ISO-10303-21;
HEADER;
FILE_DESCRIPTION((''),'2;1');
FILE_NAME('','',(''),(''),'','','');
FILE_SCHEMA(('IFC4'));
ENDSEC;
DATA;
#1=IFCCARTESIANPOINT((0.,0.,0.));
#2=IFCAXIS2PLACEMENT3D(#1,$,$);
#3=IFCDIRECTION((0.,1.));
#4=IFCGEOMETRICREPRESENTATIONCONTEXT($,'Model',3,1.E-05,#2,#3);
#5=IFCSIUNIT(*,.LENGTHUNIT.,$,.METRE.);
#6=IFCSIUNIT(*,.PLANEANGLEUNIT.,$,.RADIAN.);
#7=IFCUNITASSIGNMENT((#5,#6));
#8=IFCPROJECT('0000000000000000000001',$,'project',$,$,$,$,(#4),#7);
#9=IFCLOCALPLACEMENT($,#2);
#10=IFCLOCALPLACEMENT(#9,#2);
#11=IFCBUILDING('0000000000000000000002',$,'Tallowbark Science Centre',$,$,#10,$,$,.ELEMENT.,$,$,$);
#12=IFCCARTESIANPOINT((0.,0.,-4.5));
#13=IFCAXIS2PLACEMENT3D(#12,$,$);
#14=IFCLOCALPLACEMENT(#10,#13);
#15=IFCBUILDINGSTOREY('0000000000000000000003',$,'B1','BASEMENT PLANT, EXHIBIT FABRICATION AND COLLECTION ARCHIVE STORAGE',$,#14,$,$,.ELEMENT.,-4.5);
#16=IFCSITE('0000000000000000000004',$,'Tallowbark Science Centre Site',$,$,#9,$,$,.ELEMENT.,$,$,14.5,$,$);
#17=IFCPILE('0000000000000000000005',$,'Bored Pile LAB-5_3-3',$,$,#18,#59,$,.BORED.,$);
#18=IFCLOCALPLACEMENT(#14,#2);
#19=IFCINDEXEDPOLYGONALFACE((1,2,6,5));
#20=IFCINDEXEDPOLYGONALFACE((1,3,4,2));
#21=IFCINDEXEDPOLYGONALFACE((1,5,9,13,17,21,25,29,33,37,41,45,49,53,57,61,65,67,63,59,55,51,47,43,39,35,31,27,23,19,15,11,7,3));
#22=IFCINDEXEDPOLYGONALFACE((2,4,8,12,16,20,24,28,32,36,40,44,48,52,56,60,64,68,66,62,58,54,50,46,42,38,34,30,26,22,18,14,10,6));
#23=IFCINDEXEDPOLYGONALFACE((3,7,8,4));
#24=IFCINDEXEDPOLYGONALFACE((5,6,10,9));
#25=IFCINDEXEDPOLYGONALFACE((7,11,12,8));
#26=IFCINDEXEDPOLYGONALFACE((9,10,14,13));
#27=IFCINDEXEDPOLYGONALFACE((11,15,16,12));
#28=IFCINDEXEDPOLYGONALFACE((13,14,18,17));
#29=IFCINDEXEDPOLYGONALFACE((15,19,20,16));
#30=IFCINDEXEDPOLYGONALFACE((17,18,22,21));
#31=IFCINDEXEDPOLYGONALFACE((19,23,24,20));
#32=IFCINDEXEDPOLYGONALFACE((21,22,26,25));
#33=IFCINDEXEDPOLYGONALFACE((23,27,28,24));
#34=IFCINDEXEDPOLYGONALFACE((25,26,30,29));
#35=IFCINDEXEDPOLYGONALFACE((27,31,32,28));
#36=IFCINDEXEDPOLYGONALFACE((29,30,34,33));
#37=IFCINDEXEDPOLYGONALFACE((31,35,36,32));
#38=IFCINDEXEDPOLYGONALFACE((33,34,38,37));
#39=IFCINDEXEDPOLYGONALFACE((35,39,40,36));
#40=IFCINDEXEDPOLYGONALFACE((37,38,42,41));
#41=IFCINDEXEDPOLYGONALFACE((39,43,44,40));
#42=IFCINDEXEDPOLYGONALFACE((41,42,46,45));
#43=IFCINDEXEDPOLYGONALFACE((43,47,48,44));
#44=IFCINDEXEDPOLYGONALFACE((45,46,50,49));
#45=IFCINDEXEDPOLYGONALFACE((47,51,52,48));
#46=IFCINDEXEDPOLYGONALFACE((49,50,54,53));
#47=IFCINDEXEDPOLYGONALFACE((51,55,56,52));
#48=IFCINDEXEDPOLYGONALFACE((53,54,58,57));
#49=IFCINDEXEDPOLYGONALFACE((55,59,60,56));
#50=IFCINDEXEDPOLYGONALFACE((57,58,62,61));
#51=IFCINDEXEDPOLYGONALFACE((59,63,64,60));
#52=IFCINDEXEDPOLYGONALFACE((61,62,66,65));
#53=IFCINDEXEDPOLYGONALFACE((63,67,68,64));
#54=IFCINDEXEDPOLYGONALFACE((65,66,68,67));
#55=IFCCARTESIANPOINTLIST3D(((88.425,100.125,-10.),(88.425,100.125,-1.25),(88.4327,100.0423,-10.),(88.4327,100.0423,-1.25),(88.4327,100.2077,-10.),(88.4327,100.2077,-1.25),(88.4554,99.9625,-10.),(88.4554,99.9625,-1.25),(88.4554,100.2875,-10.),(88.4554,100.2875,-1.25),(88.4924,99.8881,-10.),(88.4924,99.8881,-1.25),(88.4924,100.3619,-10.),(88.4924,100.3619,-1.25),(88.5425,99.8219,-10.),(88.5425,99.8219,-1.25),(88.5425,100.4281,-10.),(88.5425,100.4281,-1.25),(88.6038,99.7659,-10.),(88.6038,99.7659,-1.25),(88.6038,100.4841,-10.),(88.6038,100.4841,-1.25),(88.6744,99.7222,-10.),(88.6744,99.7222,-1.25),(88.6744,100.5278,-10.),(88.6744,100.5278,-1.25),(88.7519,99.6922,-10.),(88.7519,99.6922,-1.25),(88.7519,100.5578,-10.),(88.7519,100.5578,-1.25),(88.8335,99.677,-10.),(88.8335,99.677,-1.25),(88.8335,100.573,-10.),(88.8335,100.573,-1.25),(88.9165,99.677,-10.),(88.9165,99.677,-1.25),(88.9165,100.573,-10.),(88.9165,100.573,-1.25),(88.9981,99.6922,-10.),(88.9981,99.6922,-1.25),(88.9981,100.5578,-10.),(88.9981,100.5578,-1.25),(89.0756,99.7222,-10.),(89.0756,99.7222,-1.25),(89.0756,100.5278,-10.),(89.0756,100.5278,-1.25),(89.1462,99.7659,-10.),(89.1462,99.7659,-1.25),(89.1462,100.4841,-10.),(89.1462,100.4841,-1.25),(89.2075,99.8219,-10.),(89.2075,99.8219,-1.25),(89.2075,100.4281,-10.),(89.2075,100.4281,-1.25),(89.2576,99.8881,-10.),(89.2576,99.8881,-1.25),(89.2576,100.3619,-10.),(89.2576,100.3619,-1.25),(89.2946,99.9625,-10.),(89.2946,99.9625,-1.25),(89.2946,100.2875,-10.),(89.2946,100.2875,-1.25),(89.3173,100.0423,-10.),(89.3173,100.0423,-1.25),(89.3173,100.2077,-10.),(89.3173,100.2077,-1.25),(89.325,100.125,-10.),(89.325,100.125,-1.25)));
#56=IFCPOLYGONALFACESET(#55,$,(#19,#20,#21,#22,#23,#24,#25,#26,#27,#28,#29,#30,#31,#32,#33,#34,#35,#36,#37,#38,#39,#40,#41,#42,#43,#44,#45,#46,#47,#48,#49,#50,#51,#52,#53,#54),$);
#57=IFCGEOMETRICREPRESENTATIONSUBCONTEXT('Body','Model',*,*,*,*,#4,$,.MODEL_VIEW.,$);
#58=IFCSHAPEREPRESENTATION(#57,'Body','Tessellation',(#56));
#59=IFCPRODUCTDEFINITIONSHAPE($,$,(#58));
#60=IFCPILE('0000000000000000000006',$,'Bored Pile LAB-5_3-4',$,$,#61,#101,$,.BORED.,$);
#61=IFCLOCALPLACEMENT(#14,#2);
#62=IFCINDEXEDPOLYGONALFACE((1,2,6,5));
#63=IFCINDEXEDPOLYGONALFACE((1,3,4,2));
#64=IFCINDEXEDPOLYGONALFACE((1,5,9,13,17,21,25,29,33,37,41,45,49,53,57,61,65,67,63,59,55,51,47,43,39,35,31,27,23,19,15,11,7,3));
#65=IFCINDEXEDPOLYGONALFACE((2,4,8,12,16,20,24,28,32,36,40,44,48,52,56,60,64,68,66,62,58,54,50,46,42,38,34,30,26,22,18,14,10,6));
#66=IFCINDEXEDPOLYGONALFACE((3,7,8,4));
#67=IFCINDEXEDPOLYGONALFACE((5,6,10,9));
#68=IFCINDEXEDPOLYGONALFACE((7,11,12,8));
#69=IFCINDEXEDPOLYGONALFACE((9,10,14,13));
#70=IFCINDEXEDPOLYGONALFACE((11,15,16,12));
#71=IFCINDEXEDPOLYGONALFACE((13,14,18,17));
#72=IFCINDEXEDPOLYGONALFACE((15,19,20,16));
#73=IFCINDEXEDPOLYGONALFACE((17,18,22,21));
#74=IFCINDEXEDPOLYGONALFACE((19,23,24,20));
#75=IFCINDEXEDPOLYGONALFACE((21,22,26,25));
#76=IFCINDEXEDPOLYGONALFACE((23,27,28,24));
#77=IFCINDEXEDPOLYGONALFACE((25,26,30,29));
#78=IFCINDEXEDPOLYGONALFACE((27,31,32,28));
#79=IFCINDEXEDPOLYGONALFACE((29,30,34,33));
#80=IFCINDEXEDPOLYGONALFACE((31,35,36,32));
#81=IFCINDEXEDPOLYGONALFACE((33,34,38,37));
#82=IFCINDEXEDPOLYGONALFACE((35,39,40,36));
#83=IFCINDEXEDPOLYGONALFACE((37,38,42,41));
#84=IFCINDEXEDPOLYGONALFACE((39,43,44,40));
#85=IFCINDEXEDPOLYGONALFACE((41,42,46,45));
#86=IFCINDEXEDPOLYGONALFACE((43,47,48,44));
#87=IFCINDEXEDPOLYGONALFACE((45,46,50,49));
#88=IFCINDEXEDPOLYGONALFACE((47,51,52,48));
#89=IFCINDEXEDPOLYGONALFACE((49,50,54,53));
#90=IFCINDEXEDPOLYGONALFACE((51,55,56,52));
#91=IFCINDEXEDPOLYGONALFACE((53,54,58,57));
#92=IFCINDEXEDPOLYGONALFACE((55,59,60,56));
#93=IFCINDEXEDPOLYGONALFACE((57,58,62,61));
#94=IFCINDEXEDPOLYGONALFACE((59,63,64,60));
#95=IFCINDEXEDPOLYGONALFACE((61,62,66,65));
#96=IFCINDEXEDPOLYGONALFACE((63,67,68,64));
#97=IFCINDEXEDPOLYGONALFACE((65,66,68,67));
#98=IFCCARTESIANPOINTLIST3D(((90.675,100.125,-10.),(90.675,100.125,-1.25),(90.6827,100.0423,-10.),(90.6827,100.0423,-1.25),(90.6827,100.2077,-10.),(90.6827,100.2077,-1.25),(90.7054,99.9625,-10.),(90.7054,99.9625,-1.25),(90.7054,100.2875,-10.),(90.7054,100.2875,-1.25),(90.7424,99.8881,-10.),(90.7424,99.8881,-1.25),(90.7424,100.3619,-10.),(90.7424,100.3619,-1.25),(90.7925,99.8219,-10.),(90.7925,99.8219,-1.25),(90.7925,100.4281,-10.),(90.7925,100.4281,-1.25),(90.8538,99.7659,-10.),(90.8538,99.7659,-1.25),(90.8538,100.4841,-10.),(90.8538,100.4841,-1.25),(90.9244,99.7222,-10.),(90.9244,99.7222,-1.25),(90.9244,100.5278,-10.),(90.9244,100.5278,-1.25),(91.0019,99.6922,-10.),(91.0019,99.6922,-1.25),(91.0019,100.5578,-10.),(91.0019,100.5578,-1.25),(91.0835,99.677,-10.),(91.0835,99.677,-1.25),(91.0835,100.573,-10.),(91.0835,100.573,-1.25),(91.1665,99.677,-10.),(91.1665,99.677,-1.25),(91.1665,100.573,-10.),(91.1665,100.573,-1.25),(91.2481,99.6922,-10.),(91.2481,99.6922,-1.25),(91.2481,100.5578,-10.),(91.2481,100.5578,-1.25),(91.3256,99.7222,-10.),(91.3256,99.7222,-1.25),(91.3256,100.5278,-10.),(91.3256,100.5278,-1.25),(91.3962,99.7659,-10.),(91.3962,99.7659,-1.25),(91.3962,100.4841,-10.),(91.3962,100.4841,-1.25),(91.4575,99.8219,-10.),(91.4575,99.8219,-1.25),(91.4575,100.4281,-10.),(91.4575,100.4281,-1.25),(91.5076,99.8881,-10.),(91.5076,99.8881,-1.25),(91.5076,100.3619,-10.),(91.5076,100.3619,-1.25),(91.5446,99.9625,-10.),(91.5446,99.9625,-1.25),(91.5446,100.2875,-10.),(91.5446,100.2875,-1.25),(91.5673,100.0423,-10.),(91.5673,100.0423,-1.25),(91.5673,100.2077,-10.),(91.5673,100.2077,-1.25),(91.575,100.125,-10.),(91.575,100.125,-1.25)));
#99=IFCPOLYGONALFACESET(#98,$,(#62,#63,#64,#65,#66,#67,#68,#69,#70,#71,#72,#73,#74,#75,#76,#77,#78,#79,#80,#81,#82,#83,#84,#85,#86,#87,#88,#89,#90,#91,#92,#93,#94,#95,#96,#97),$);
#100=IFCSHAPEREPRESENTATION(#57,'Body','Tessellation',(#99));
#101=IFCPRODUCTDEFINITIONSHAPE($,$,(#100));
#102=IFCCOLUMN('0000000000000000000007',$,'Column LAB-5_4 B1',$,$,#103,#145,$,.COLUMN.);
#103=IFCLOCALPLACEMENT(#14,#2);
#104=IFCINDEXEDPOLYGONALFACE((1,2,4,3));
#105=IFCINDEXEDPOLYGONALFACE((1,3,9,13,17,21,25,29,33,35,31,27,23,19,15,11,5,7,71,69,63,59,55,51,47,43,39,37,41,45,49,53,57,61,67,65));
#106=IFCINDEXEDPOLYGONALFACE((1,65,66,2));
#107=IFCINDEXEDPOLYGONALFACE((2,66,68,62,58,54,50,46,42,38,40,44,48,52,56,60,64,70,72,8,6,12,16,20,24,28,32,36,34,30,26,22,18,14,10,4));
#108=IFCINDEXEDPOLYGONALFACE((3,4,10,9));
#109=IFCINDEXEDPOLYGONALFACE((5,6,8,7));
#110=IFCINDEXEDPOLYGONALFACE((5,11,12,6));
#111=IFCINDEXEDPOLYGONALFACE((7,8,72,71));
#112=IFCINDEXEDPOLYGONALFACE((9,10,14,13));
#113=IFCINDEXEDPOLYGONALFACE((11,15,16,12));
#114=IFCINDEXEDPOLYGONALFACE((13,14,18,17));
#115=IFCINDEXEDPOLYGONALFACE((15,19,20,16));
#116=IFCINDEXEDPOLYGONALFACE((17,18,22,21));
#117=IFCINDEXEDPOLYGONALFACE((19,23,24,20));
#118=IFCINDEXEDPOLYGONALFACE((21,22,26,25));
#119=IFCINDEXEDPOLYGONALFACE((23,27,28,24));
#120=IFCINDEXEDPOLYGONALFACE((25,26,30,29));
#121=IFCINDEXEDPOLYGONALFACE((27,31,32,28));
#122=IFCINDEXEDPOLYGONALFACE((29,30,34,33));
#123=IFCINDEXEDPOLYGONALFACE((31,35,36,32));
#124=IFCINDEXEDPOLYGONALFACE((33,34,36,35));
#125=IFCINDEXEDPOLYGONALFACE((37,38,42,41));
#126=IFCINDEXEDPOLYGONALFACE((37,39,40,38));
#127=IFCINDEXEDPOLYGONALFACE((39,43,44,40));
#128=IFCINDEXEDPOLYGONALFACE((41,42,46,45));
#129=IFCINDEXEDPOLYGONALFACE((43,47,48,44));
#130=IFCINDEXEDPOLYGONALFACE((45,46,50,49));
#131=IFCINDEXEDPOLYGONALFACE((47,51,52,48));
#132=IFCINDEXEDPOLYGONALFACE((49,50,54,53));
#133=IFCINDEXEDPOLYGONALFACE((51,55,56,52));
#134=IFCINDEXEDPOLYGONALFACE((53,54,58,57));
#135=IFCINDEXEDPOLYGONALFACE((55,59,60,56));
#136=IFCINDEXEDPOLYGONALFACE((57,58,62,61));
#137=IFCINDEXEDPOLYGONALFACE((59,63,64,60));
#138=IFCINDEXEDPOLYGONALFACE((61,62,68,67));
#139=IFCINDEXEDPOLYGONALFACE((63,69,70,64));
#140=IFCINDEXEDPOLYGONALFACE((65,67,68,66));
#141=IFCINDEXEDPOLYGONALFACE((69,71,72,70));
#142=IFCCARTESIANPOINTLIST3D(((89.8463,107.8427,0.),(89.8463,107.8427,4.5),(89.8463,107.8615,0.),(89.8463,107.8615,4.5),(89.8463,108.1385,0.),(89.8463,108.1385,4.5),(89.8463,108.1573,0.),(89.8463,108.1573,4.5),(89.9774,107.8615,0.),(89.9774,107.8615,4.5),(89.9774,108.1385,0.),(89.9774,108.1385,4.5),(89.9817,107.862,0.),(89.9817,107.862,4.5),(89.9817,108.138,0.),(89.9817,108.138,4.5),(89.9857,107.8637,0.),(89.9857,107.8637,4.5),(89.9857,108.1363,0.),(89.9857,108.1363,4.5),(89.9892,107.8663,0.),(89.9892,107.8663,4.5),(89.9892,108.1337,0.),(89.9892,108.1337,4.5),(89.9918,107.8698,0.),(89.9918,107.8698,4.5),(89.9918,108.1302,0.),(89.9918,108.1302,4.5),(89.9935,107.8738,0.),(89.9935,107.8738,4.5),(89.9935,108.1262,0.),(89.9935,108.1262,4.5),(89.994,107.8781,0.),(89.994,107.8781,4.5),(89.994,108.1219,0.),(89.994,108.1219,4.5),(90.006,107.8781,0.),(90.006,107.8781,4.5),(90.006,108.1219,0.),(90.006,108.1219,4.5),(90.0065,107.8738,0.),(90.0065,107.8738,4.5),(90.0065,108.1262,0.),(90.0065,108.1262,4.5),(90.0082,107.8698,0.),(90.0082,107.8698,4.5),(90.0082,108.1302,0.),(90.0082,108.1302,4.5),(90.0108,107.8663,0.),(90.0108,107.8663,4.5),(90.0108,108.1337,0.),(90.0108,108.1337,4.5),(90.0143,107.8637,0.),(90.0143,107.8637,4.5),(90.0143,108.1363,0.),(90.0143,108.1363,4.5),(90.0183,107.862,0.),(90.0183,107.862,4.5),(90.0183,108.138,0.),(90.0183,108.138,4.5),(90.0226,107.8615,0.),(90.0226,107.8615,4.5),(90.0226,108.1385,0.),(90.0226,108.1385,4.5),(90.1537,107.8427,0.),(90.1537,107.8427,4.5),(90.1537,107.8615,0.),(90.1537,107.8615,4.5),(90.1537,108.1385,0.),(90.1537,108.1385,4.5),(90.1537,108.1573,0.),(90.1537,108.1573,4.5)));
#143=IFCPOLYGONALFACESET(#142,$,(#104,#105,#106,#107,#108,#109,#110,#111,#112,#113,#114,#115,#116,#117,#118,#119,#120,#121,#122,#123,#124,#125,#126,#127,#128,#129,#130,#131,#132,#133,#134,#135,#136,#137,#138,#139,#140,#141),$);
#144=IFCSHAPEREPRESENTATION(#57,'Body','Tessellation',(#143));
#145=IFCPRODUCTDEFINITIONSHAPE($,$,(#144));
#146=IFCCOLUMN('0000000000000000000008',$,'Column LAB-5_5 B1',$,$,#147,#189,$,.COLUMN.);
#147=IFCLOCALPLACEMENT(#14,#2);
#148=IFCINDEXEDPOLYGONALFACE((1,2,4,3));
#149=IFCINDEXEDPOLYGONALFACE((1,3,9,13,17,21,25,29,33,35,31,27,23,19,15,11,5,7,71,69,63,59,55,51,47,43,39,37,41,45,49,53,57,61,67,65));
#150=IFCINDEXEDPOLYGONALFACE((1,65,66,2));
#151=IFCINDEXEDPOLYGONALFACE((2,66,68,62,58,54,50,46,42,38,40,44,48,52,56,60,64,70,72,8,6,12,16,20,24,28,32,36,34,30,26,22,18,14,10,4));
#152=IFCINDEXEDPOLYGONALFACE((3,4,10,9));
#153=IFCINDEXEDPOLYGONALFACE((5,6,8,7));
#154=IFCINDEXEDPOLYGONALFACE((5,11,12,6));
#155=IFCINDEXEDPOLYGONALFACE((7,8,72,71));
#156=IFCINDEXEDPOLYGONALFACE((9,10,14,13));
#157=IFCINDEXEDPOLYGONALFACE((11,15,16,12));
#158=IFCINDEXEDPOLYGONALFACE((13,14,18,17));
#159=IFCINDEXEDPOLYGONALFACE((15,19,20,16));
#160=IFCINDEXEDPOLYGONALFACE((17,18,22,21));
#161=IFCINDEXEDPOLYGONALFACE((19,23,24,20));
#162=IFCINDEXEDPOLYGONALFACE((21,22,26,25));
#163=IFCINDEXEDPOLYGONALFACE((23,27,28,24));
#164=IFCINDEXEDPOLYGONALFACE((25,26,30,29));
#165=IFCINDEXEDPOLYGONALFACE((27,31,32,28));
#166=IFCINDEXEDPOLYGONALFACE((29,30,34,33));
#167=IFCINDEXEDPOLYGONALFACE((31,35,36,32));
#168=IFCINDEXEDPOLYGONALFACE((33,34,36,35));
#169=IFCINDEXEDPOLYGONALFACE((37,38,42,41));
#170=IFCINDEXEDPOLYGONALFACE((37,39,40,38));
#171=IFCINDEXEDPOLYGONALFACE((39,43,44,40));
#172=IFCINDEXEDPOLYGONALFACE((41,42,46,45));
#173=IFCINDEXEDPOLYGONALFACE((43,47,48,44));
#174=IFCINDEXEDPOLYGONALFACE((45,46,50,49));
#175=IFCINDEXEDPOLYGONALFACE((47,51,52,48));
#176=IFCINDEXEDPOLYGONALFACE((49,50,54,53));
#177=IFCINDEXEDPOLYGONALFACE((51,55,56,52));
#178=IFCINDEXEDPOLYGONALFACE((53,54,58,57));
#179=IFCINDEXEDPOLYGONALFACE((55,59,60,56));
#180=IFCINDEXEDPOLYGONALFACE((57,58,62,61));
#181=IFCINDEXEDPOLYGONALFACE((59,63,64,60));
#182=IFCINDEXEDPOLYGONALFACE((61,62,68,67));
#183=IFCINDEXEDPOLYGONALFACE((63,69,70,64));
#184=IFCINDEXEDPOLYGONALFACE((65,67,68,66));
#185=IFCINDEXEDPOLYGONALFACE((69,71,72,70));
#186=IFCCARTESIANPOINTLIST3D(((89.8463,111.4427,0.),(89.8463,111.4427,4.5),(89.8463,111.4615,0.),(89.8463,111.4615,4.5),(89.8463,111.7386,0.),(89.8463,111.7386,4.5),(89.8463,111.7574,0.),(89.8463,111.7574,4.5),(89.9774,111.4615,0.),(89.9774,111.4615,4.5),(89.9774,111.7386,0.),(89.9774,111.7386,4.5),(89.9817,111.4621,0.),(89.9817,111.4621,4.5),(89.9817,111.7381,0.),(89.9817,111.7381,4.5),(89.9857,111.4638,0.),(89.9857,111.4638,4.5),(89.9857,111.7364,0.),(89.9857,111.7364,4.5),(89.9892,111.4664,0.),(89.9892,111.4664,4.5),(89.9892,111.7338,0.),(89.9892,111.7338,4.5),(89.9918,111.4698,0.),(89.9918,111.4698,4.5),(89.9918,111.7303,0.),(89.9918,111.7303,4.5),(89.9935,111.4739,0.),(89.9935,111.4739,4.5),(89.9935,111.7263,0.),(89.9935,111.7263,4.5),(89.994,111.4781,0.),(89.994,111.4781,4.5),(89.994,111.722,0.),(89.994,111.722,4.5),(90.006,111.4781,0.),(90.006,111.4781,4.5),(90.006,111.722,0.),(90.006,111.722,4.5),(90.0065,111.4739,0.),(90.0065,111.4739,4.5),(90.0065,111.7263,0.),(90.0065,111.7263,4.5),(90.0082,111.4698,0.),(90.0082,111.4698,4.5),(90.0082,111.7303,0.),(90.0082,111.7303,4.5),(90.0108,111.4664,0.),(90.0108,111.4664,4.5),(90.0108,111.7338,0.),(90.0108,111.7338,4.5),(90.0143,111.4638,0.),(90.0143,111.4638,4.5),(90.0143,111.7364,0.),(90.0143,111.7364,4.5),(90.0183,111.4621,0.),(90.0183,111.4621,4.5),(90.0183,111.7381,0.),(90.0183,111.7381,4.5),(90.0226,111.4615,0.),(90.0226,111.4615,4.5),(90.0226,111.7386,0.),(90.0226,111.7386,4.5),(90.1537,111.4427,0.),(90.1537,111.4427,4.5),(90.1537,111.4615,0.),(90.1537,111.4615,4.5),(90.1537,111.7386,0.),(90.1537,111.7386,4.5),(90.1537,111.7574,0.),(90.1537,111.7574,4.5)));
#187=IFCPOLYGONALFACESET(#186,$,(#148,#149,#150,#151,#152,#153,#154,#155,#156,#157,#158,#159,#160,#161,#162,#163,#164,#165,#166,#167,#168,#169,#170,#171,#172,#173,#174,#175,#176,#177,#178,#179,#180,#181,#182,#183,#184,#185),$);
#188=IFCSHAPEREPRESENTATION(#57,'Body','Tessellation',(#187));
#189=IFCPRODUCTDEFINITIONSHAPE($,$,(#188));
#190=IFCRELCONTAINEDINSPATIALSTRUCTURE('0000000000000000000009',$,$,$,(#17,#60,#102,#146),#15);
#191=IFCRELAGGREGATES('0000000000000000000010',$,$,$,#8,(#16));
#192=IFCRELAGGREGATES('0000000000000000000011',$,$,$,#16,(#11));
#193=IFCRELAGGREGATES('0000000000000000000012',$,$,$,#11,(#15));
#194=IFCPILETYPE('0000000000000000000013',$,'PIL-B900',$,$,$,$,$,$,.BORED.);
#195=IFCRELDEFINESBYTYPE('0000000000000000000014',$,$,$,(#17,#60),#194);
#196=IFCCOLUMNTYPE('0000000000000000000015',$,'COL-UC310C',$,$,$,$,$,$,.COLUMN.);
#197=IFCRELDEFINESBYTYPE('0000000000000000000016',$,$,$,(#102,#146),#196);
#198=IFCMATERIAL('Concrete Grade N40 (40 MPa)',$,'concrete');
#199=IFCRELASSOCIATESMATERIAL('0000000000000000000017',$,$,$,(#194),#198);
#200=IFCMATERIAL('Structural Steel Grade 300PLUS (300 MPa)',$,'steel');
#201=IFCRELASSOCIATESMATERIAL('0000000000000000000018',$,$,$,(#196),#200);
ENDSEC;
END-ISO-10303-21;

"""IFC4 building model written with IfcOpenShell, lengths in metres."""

from ifc_helpers import new_model, si_unit, direction, frame, origin, origin_2d, place, context, subcontext, project, spatial, circle, i_section, extrude, material, material_profile, profile_set, type_object, element, save


model = new_model("IFC4")

# Units and contexts
model_context = context("Model", 3, precision=1e-05, world=origin(), true_north=direction((0.0, 1.0)))
body_context = subcontext(model_context, "Body", "Model", "MODEL_VIEW")
ifc_project = project(units=[si_unit("LENGTHUNIT", "METRE"), si_unit("PLANEANGLEUNIT", "RADIAN")], contexts=[model_context])

# Site, building, storey
site_placement = place(None, origin())
site = spatial("IfcSite", under=ifc_project, at=site_placement, Name="Tallowbark Science Centre Site", CompositionType="ELEMENT", RefElevation=14.5)
building_placement = place(site_placement, origin())
building = spatial("IfcBuilding", under=site, at=building_placement, Name="Tallowbark Science Centre", CompositionType="ELEMENT")
storey_placement = place(building_placement, frame((0.0, 0.0, -4.5)))
storey = spatial("IfcBuildingStorey", under=building, at=storey_placement, Name="B1", Description="BASEMENT PLANT, EXHIBIT FABRICATION AND COLLECTION ARCHIVE STORAGE", CompositionType="ELEMENT", Elevation=-4.5)

# Shared definitions
ifc_material_1 = material(Name="Concrete Grade N40 (40 MPa)", Category="concrete")

# Piles
ifc_material_profile_1 = material_profile(ifc_material_1, circle(Radius=0.45, at=origin_2d()), Name="PILE900")
ifc_profile_set_1 = profile_set([ifc_material_profile_1], Name="Concrete Grade N40 (40 MPa)")
pile_type_1 = type_object("IfcPileType", Name="PIL-B900", PredefinedType="BORED", material=ifc_profile_set_1)
for number, where, z_axis, x_axis, name in (
    (1, (88.875, 100.125, -1.25), (0.0, 0.0, -1.0), (1.0, 0.0, 0.0), "Bored Pile LAB-5_3-3"),
    (2, (91.125, 100.125, -1.25), (0.0, 0.0, -1.0), (1.0, 0.0, 0.0), "Bored Pile LAB-5_3-4"),
):
    element("IfcPile", number, at=place(storey_placement, frame(where, z_axis=z_axis, x_axis=x_axis)), inside=storey, type_object=pile_type_1, Name=name, PredefinedType="BORED", context=body_context, shape_type="SweptSolid", body=[
        extrude(circle(Radius=0.45, at=origin_2d()), origin(), (0.0, 0.0, 1.0), 8.75),
    ])

# Columns
ifc_material_2 = material(Name="Structural Steel Grade 300PLUS (300 MPa)", Category="steel")
ifc_material_profile_2 = material_profile(ifc_material_2, i_section(OverallWidth=0.3074, OverallDepth=0.3147, WebThickness=0.012, FlangeThickness=0.0188, FilletRadius=0.0166, at=origin_2d()), Name="310UC118")
ifc_profile_set_2 = profile_set([ifc_material_profile_2], Name="Structural Steel Grade 300PLUS (300 MPa)")
column_type_1 = type_object("IfcColumnType", Name="COL-UC310C", PredefinedType="COLUMN", material=ifc_profile_set_2)
for number, where, z_axis, x_axis, name in (
    (3, (90.0, 108.0, 0.0), (0.0, 0.0, 1.0), (1.0, 0.0, 0.0), "Column LAB-5_4 B1"),
    (4, (90.0, 111.6001, 0.0), (0.0, 0.0, 1.0), (1.0, 0.0, 0.0), "Column LAB-5_5 B1"),
):
    element("IfcColumn", number, at=place(storey_placement, frame(where, z_axis=z_axis, x_axis=x_axis)), inside=storey, type_object=column_type_1, Name=name, PredefinedType="COLUMN", context=body_context, shape_type="SweptSolid", body=[
        extrude(i_section(OverallWidth=0.3074, OverallDepth=0.3147, WebThickness=0.012, FlangeThickness=0.0188, FilletRadius=0.0166, at=origin_2d()), origin(), (0.0, 0.0, 1.0), 4.5),
    ])

save(model, "model.ifc")
